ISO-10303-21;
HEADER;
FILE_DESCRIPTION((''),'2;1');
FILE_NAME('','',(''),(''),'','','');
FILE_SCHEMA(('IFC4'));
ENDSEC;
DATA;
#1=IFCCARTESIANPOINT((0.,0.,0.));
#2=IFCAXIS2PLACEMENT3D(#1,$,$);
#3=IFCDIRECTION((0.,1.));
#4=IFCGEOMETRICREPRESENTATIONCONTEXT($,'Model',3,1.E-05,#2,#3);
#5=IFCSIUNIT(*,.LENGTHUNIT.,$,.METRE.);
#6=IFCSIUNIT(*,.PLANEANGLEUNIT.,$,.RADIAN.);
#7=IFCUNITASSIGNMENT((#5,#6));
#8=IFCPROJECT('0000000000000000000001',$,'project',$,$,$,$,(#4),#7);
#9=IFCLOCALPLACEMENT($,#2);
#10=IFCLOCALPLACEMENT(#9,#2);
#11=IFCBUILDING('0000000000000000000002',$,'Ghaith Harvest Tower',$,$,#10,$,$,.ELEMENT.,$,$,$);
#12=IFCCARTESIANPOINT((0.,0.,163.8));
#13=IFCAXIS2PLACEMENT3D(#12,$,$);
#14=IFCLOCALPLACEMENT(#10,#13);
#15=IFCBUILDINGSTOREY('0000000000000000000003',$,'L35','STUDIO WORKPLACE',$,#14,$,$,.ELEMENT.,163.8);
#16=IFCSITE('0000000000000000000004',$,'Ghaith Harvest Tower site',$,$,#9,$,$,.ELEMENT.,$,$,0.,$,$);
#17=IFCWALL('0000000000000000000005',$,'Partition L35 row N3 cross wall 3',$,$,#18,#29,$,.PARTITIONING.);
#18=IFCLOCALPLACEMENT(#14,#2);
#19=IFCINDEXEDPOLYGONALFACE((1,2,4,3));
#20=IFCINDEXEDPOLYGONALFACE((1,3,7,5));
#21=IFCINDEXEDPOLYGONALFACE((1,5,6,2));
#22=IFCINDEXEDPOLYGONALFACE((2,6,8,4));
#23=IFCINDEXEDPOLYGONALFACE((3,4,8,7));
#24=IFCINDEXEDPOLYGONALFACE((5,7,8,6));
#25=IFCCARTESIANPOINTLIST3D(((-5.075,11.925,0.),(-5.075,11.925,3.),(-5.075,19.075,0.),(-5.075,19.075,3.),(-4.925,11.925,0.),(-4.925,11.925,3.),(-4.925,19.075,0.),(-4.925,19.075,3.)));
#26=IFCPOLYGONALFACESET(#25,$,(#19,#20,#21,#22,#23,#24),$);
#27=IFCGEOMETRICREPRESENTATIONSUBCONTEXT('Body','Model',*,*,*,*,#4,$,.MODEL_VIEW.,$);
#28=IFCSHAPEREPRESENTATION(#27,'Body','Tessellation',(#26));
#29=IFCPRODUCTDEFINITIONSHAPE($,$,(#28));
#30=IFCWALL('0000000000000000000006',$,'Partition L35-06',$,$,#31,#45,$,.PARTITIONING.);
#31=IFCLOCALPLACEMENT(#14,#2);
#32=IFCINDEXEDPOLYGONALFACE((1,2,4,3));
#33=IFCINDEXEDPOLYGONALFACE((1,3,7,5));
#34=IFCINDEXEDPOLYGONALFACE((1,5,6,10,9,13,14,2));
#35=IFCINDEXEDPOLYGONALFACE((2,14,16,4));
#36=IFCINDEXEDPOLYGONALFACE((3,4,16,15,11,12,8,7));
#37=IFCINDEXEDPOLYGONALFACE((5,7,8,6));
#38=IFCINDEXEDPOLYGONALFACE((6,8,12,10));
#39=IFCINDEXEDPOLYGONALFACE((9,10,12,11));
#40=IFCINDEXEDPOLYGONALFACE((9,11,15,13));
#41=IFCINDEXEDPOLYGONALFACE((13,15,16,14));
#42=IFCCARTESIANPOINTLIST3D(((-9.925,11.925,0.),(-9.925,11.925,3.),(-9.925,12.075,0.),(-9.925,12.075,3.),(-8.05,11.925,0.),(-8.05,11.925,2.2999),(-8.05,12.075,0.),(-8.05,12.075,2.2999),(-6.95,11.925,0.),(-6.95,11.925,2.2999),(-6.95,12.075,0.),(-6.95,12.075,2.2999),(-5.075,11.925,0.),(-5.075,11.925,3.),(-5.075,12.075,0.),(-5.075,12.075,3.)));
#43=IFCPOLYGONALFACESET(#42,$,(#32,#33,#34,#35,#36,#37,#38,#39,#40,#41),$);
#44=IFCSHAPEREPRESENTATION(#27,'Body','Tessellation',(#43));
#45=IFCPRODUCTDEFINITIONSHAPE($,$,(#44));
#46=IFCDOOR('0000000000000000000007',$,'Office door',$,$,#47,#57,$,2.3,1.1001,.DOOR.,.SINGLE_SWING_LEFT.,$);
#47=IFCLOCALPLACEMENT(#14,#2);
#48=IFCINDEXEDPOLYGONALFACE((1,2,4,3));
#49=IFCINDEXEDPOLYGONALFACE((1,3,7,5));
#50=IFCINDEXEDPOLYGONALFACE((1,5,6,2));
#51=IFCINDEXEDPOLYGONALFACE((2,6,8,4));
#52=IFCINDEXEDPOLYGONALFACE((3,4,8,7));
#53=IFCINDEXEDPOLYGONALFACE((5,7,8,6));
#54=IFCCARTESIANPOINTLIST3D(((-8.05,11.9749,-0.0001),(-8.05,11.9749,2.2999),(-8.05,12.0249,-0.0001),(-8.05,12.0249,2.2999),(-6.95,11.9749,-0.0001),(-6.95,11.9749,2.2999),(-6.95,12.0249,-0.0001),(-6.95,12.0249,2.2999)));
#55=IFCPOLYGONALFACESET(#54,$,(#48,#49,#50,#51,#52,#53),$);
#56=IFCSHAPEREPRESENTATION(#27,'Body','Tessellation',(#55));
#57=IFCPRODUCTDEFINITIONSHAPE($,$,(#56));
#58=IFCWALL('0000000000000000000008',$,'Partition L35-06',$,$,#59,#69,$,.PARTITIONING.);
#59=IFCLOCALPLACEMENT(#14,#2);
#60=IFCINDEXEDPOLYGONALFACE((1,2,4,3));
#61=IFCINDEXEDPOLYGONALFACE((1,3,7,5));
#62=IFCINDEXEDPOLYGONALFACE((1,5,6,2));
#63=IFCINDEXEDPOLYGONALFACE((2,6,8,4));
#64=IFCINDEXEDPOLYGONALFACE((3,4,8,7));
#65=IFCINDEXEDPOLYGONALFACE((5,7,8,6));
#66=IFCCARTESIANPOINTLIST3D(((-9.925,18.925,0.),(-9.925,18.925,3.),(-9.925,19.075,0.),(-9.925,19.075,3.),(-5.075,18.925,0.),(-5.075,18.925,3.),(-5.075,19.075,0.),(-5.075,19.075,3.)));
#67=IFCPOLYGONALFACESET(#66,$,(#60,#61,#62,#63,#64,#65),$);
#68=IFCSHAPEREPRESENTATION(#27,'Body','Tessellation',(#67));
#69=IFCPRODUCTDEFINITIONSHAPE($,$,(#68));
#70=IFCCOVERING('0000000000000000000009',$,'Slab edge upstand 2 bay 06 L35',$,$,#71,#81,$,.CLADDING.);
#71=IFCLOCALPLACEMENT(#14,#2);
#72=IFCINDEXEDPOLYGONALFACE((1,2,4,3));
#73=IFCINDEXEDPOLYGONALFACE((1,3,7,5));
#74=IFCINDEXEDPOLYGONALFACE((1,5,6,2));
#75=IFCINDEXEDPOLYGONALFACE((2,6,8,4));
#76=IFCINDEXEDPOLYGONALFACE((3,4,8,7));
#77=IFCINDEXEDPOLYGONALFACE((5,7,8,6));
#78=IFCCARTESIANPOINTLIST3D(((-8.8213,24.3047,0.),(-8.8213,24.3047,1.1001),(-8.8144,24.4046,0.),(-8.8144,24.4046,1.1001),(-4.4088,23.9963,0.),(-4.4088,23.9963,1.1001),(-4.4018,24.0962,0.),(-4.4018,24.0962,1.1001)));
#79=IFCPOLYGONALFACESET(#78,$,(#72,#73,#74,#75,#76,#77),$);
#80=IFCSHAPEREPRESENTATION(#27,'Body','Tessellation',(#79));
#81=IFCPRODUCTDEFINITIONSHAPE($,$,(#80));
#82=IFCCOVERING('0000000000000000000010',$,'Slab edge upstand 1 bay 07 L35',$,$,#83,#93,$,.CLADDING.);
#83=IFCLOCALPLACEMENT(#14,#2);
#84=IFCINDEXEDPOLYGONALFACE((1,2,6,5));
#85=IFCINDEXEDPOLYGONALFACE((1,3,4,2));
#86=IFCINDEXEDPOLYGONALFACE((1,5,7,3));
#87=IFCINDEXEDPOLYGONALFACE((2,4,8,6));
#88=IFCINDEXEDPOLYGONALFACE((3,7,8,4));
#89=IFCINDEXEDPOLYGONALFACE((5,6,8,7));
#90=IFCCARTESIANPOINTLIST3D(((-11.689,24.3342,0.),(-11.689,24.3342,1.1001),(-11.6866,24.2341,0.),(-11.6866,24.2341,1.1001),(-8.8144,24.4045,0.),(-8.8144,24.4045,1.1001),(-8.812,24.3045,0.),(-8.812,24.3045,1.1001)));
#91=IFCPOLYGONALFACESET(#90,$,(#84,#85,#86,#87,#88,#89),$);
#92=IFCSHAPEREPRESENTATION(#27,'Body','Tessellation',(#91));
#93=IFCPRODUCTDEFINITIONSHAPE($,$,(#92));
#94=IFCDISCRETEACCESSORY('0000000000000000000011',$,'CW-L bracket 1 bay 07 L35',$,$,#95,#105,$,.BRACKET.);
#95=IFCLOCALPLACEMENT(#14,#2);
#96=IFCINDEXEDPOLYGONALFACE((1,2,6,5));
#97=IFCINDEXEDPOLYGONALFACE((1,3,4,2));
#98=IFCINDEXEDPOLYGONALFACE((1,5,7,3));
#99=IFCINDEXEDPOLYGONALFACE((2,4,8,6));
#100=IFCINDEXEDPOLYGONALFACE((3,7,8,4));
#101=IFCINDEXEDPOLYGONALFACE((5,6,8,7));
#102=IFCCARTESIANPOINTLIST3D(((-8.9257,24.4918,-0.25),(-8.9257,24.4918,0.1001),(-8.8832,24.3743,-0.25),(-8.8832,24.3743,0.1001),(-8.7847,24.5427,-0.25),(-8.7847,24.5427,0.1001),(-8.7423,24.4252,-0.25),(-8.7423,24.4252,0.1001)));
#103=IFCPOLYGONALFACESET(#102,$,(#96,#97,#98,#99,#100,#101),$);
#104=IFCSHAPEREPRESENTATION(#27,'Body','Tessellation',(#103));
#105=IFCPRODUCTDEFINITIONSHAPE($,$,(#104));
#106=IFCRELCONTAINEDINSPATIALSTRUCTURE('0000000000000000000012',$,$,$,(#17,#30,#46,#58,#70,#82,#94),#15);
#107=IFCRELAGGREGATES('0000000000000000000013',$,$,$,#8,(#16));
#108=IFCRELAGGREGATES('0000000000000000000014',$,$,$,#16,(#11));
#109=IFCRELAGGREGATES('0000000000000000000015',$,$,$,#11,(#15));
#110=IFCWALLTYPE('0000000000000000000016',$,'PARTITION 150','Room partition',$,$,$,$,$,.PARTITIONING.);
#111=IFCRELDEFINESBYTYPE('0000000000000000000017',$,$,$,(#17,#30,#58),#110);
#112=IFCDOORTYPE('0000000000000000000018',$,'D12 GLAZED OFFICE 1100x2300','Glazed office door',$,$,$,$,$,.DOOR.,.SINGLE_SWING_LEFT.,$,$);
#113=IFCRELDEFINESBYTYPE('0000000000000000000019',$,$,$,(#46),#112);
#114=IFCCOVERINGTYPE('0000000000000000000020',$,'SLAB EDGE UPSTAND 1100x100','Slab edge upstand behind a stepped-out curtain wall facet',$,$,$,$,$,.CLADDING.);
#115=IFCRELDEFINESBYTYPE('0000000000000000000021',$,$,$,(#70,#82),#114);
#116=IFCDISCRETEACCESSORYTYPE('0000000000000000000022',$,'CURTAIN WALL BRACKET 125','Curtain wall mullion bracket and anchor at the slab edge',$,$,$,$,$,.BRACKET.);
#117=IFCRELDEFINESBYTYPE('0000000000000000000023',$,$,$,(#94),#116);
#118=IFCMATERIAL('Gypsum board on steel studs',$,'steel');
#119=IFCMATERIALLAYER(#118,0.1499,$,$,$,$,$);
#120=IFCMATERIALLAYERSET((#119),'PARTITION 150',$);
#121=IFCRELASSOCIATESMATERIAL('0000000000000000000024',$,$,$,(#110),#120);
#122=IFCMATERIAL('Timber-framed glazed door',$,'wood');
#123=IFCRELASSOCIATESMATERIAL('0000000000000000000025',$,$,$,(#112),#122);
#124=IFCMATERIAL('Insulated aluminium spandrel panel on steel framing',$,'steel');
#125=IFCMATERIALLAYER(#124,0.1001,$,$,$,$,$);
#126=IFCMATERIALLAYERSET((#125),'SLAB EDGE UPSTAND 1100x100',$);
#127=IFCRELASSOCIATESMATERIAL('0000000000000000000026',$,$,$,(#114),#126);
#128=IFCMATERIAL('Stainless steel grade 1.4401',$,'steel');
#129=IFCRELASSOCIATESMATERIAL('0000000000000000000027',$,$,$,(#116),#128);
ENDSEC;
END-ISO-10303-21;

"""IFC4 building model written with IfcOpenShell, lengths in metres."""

from ifc_helpers import new_model, si_unit, direction, frame, frame_2d, origin, origin_2d, place, context, subcontext, project, spatial, rectangle, extrude, material, layer, layer_set, type_object, element, fill, save


model = new_model("IFC4")

# Units and contexts
model_context = context("Model", 3, precision=1e-05, world=origin(), true_north=direction((0.0, 1.0)))
body_context = subcontext(model_context, "Body", "Model", "MODEL_VIEW")
ifc_project = project(units=[si_unit("LENGTHUNIT", "METRE"), si_unit("PLANEANGLEUNIT", "RADIAN")], contexts=[model_context])

# Site, building, storey
site_placement = place(None, origin())
site = spatial("IfcSite", under=ifc_project, at=site_placement, Name="Ghaith Harvest Tower site", CompositionType="ELEMENT", RefElevation=0.0)
building_placement = place(site_placement, origin())
building = spatial("IfcBuilding", under=site, at=building_placement, Name="Ghaith Harvest Tower", CompositionType="ELEMENT")
storey_placement = place(building_placement, frame((0.0, 0.0, 163.8)))
storey = spatial("IfcBuildingStorey", under=building, at=storey_placement, Name="L35", Description="STUDIO WORKPLACE", CompositionType="ELEMENT", Elevation=163.8)

# Wall
ifc_material_1 = material(Name="Gypsum board on steel studs", Category="steel")
ifc_layer_1 = layer(ifc_material_1, 0.1499)
ifc_layer_set_1 = layer_set([ifc_layer_1], Name="PARTITION 150")
wall_type_1 = type_object("IfcWallType", Name="PARTITION 150", Description="Room partition", PredefinedType="PARTITIONING", material=ifc_layer_set_1)
for number, where, z_axis, x_axis, name in (
    (1, (-5.0, 11.925, 0.0), (0.0, 0.0, 1.0), (0.0, 1.0, 0.0), "Partition L35 row N3 cross wall 3"),
):
    element("IfcWall", number, at=place(storey_placement, frame(where, z_axis=z_axis, x_axis=x_axis)), inside=storey, type_object=wall_type_1, Name=name, PredefinedType="PARTITIONING", context=body_context, shape_type="SweptSolid", body=[
        extrude(rectangle(XDim=7.1499, YDim=0.1499, at=frame_2d((3.575, 0.0))), origin(), (0.0, 0.0, 1.0), 3.0),
    ])

# Wall, opening, door
wall_1_placement = place(storey_placement, frame((-9.925, 12.0, 0.0), z_axis=(0.0, 0.0, 1.0), x_axis=(1.0, 0.0, 0.0)))
wall_1 = element("IfcWall", 2, at=wall_1_placement, inside=storey, type_object=wall_type_1, Name="Partition L35-06", PredefinedType="PARTITIONING", context=body_context, shape_type="SweptSolid", body=[
    extrude(rectangle(XDim=4.8501, YDim=0.1499, at=frame_2d((2.425, 0.0))), origin(), (0.0, 0.0, 1.0), 3.0),
])
opening_1_placement = place(wall_1_placement, frame((1.875, 0.0, 0.0)))
opening_1 = element("IfcOpeningElement", 3, at=opening_1_placement, cuts=wall_1, PredefinedType="OPENING", context=body_context, shape_type="SweptSolid", body=[
    extrude(rectangle(XDim=1.1001, YDim=2.3, at=frame_2d((0.55, 1.1499))), frame((0.0, 0.085, 0.0), z_axis=(0.0, -1.0, 0.0), x_axis=(1.0, 0.0, 0.0)), (0.0, 0.0, 1.0), 0.1699),
])
ifc_material_2 = material(Name="Timber-framed glazed door", Category="wood")
door_type_1 = type_object("IfcDoorType", Name="D12 GLAZED OFFICE 1100x2300", Description="Glazed office door", OperationType="SINGLE_SWING_LEFT", PredefinedType="DOOR", material=ifc_material_2)
door_1_placement = place(opening_1_placement, origin())
door_1 = element("IfcDoor", 4, at=door_1_placement, inside=storey, type_object=door_type_1, Name="Office door", OperationType="SINGLE_SWING_LEFT", OverallHeight=2.3, OverallWidth=1.1001, PredefinedType="DOOR", context=body_context, shape_type="SweptSolid", body=[
    extrude(rectangle(XDim=1.1001, YDim=2.3, at=frame_2d((0.55, 1.1499))), frame((0.0, 0.0249, 0.0), z_axis=(0.0, -1.0, 0.0), x_axis=(1.0, 0.0, 0.0)), (0.0, 0.0, 1.0), 0.05),
])
fill(opening_1, door_1)

# Wall
wall_2_placement = place(storey_placement, frame((-9.925, 19.0, 0.0), z_axis=(0.0, 0.0, 1.0), x_axis=(1.0, 0.0, 0.0)))
element("IfcWall", 5, at=wall_2_placement, inside=storey, type_object=wall_type_1, Name="Partition L35-06", PredefinedType="PARTITIONING", context=body_context, shape_type="SweptSolid", body=[
    extrude(rectangle(XDim=4.8501, YDim=0.1499, at=frame_2d((2.425, 0.0))), origin(), (0.0, 0.0, 1.0), 3.0),
])

# Coverings
ifc_material_3 = material(Name="Insulated aluminium spandrel panel on steel framing", Category="steel")
ifc_layer_2 = layer(ifc_material_3, 0.1001)
ifc_layer_set_2 = layer_set([ifc_layer_2], Name="SLAB EDGE UPSTAND 1100x100")
covering_type = type_object("IfcCoveringType", Name="SLAB EDGE UPSTAND 1100x100", Description="Slab edge upstand behind a stepped-out curtain wall facet", PredefinedType="CLADDING", material=ifc_layer_set_2)
covering_1_placement = place(storey_placement, frame((-6.6116, 24.2004, 0.0), z_axis=(0.0, 0.0, 1.0), x_axis=(-0.997566, 0.069726, 0.0)))
element("IfcCovering", 6, at=covering_1_placement, inside=storey, type_object=covering_type, Name="Slab edge upstand 2 bay 06 L35", PredefinedType="CLADDING", context=body_context, shape_type="SweptSolid", body=[
    extrude(rectangle(XDim=4.4233, YDim=0.1001, at=origin_2d()), origin(), (0.0, 0.0, 1.0), 1.1001),
])
covering_2_placement = place(storey_placement, frame((-10.2505, 24.3193, 0.0), z_axis=(0.0, 0.0, 1.0), x_axis=(-0.999701, -0.024458, 0.0)))
element("IfcCovering", 7, at=covering_2_placement, inside=storey, type_object=covering_type, Name="Slab edge upstand 1 bay 07 L35", PredefinedType="CLADDING", context=body_context, shape_type="SweptSolid", body=[
    extrude(rectangle(XDim=2.8755, YDim=0.1001, at=origin_2d()), origin(), (0.0, 0.0, 1.0), 1.1001),
])

# Discrete accessory
ifc_material_4 = material(Name="Stainless steel grade 1.4401", Category="steel")
discrete_accessory_type = type_object("IfcDiscreteAccessoryType", Name="CURTAIN WALL BRACKET 125", Description="Curtain wall mullion bracket and anchor at the slab edge", PredefinedType="BRACKET", material=ifc_material_4)
discrete_accessory_placement = place(storey_placement, frame((-8.834, 24.4585, -0.25), z_axis=(0.0, 0.0, 1.0), x_axis=(-0.339699, 0.940534, 0.0)))
element("IfcDiscreteAccessory", 8, at=discrete_accessory_placement, inside=storey, type_object=discrete_accessory_type, Name="CW-L bracket 1 bay 07 L35", PredefinedType="BRACKET", context=body_context, shape_type="SweptSolid", body=[
    extrude(rectangle(XDim=0.125, YDim=0.1499, at=origin_2d()), origin(), (0.0, 0.0, 1.0), 0.3501),
])

save(model, "model.ifc")
